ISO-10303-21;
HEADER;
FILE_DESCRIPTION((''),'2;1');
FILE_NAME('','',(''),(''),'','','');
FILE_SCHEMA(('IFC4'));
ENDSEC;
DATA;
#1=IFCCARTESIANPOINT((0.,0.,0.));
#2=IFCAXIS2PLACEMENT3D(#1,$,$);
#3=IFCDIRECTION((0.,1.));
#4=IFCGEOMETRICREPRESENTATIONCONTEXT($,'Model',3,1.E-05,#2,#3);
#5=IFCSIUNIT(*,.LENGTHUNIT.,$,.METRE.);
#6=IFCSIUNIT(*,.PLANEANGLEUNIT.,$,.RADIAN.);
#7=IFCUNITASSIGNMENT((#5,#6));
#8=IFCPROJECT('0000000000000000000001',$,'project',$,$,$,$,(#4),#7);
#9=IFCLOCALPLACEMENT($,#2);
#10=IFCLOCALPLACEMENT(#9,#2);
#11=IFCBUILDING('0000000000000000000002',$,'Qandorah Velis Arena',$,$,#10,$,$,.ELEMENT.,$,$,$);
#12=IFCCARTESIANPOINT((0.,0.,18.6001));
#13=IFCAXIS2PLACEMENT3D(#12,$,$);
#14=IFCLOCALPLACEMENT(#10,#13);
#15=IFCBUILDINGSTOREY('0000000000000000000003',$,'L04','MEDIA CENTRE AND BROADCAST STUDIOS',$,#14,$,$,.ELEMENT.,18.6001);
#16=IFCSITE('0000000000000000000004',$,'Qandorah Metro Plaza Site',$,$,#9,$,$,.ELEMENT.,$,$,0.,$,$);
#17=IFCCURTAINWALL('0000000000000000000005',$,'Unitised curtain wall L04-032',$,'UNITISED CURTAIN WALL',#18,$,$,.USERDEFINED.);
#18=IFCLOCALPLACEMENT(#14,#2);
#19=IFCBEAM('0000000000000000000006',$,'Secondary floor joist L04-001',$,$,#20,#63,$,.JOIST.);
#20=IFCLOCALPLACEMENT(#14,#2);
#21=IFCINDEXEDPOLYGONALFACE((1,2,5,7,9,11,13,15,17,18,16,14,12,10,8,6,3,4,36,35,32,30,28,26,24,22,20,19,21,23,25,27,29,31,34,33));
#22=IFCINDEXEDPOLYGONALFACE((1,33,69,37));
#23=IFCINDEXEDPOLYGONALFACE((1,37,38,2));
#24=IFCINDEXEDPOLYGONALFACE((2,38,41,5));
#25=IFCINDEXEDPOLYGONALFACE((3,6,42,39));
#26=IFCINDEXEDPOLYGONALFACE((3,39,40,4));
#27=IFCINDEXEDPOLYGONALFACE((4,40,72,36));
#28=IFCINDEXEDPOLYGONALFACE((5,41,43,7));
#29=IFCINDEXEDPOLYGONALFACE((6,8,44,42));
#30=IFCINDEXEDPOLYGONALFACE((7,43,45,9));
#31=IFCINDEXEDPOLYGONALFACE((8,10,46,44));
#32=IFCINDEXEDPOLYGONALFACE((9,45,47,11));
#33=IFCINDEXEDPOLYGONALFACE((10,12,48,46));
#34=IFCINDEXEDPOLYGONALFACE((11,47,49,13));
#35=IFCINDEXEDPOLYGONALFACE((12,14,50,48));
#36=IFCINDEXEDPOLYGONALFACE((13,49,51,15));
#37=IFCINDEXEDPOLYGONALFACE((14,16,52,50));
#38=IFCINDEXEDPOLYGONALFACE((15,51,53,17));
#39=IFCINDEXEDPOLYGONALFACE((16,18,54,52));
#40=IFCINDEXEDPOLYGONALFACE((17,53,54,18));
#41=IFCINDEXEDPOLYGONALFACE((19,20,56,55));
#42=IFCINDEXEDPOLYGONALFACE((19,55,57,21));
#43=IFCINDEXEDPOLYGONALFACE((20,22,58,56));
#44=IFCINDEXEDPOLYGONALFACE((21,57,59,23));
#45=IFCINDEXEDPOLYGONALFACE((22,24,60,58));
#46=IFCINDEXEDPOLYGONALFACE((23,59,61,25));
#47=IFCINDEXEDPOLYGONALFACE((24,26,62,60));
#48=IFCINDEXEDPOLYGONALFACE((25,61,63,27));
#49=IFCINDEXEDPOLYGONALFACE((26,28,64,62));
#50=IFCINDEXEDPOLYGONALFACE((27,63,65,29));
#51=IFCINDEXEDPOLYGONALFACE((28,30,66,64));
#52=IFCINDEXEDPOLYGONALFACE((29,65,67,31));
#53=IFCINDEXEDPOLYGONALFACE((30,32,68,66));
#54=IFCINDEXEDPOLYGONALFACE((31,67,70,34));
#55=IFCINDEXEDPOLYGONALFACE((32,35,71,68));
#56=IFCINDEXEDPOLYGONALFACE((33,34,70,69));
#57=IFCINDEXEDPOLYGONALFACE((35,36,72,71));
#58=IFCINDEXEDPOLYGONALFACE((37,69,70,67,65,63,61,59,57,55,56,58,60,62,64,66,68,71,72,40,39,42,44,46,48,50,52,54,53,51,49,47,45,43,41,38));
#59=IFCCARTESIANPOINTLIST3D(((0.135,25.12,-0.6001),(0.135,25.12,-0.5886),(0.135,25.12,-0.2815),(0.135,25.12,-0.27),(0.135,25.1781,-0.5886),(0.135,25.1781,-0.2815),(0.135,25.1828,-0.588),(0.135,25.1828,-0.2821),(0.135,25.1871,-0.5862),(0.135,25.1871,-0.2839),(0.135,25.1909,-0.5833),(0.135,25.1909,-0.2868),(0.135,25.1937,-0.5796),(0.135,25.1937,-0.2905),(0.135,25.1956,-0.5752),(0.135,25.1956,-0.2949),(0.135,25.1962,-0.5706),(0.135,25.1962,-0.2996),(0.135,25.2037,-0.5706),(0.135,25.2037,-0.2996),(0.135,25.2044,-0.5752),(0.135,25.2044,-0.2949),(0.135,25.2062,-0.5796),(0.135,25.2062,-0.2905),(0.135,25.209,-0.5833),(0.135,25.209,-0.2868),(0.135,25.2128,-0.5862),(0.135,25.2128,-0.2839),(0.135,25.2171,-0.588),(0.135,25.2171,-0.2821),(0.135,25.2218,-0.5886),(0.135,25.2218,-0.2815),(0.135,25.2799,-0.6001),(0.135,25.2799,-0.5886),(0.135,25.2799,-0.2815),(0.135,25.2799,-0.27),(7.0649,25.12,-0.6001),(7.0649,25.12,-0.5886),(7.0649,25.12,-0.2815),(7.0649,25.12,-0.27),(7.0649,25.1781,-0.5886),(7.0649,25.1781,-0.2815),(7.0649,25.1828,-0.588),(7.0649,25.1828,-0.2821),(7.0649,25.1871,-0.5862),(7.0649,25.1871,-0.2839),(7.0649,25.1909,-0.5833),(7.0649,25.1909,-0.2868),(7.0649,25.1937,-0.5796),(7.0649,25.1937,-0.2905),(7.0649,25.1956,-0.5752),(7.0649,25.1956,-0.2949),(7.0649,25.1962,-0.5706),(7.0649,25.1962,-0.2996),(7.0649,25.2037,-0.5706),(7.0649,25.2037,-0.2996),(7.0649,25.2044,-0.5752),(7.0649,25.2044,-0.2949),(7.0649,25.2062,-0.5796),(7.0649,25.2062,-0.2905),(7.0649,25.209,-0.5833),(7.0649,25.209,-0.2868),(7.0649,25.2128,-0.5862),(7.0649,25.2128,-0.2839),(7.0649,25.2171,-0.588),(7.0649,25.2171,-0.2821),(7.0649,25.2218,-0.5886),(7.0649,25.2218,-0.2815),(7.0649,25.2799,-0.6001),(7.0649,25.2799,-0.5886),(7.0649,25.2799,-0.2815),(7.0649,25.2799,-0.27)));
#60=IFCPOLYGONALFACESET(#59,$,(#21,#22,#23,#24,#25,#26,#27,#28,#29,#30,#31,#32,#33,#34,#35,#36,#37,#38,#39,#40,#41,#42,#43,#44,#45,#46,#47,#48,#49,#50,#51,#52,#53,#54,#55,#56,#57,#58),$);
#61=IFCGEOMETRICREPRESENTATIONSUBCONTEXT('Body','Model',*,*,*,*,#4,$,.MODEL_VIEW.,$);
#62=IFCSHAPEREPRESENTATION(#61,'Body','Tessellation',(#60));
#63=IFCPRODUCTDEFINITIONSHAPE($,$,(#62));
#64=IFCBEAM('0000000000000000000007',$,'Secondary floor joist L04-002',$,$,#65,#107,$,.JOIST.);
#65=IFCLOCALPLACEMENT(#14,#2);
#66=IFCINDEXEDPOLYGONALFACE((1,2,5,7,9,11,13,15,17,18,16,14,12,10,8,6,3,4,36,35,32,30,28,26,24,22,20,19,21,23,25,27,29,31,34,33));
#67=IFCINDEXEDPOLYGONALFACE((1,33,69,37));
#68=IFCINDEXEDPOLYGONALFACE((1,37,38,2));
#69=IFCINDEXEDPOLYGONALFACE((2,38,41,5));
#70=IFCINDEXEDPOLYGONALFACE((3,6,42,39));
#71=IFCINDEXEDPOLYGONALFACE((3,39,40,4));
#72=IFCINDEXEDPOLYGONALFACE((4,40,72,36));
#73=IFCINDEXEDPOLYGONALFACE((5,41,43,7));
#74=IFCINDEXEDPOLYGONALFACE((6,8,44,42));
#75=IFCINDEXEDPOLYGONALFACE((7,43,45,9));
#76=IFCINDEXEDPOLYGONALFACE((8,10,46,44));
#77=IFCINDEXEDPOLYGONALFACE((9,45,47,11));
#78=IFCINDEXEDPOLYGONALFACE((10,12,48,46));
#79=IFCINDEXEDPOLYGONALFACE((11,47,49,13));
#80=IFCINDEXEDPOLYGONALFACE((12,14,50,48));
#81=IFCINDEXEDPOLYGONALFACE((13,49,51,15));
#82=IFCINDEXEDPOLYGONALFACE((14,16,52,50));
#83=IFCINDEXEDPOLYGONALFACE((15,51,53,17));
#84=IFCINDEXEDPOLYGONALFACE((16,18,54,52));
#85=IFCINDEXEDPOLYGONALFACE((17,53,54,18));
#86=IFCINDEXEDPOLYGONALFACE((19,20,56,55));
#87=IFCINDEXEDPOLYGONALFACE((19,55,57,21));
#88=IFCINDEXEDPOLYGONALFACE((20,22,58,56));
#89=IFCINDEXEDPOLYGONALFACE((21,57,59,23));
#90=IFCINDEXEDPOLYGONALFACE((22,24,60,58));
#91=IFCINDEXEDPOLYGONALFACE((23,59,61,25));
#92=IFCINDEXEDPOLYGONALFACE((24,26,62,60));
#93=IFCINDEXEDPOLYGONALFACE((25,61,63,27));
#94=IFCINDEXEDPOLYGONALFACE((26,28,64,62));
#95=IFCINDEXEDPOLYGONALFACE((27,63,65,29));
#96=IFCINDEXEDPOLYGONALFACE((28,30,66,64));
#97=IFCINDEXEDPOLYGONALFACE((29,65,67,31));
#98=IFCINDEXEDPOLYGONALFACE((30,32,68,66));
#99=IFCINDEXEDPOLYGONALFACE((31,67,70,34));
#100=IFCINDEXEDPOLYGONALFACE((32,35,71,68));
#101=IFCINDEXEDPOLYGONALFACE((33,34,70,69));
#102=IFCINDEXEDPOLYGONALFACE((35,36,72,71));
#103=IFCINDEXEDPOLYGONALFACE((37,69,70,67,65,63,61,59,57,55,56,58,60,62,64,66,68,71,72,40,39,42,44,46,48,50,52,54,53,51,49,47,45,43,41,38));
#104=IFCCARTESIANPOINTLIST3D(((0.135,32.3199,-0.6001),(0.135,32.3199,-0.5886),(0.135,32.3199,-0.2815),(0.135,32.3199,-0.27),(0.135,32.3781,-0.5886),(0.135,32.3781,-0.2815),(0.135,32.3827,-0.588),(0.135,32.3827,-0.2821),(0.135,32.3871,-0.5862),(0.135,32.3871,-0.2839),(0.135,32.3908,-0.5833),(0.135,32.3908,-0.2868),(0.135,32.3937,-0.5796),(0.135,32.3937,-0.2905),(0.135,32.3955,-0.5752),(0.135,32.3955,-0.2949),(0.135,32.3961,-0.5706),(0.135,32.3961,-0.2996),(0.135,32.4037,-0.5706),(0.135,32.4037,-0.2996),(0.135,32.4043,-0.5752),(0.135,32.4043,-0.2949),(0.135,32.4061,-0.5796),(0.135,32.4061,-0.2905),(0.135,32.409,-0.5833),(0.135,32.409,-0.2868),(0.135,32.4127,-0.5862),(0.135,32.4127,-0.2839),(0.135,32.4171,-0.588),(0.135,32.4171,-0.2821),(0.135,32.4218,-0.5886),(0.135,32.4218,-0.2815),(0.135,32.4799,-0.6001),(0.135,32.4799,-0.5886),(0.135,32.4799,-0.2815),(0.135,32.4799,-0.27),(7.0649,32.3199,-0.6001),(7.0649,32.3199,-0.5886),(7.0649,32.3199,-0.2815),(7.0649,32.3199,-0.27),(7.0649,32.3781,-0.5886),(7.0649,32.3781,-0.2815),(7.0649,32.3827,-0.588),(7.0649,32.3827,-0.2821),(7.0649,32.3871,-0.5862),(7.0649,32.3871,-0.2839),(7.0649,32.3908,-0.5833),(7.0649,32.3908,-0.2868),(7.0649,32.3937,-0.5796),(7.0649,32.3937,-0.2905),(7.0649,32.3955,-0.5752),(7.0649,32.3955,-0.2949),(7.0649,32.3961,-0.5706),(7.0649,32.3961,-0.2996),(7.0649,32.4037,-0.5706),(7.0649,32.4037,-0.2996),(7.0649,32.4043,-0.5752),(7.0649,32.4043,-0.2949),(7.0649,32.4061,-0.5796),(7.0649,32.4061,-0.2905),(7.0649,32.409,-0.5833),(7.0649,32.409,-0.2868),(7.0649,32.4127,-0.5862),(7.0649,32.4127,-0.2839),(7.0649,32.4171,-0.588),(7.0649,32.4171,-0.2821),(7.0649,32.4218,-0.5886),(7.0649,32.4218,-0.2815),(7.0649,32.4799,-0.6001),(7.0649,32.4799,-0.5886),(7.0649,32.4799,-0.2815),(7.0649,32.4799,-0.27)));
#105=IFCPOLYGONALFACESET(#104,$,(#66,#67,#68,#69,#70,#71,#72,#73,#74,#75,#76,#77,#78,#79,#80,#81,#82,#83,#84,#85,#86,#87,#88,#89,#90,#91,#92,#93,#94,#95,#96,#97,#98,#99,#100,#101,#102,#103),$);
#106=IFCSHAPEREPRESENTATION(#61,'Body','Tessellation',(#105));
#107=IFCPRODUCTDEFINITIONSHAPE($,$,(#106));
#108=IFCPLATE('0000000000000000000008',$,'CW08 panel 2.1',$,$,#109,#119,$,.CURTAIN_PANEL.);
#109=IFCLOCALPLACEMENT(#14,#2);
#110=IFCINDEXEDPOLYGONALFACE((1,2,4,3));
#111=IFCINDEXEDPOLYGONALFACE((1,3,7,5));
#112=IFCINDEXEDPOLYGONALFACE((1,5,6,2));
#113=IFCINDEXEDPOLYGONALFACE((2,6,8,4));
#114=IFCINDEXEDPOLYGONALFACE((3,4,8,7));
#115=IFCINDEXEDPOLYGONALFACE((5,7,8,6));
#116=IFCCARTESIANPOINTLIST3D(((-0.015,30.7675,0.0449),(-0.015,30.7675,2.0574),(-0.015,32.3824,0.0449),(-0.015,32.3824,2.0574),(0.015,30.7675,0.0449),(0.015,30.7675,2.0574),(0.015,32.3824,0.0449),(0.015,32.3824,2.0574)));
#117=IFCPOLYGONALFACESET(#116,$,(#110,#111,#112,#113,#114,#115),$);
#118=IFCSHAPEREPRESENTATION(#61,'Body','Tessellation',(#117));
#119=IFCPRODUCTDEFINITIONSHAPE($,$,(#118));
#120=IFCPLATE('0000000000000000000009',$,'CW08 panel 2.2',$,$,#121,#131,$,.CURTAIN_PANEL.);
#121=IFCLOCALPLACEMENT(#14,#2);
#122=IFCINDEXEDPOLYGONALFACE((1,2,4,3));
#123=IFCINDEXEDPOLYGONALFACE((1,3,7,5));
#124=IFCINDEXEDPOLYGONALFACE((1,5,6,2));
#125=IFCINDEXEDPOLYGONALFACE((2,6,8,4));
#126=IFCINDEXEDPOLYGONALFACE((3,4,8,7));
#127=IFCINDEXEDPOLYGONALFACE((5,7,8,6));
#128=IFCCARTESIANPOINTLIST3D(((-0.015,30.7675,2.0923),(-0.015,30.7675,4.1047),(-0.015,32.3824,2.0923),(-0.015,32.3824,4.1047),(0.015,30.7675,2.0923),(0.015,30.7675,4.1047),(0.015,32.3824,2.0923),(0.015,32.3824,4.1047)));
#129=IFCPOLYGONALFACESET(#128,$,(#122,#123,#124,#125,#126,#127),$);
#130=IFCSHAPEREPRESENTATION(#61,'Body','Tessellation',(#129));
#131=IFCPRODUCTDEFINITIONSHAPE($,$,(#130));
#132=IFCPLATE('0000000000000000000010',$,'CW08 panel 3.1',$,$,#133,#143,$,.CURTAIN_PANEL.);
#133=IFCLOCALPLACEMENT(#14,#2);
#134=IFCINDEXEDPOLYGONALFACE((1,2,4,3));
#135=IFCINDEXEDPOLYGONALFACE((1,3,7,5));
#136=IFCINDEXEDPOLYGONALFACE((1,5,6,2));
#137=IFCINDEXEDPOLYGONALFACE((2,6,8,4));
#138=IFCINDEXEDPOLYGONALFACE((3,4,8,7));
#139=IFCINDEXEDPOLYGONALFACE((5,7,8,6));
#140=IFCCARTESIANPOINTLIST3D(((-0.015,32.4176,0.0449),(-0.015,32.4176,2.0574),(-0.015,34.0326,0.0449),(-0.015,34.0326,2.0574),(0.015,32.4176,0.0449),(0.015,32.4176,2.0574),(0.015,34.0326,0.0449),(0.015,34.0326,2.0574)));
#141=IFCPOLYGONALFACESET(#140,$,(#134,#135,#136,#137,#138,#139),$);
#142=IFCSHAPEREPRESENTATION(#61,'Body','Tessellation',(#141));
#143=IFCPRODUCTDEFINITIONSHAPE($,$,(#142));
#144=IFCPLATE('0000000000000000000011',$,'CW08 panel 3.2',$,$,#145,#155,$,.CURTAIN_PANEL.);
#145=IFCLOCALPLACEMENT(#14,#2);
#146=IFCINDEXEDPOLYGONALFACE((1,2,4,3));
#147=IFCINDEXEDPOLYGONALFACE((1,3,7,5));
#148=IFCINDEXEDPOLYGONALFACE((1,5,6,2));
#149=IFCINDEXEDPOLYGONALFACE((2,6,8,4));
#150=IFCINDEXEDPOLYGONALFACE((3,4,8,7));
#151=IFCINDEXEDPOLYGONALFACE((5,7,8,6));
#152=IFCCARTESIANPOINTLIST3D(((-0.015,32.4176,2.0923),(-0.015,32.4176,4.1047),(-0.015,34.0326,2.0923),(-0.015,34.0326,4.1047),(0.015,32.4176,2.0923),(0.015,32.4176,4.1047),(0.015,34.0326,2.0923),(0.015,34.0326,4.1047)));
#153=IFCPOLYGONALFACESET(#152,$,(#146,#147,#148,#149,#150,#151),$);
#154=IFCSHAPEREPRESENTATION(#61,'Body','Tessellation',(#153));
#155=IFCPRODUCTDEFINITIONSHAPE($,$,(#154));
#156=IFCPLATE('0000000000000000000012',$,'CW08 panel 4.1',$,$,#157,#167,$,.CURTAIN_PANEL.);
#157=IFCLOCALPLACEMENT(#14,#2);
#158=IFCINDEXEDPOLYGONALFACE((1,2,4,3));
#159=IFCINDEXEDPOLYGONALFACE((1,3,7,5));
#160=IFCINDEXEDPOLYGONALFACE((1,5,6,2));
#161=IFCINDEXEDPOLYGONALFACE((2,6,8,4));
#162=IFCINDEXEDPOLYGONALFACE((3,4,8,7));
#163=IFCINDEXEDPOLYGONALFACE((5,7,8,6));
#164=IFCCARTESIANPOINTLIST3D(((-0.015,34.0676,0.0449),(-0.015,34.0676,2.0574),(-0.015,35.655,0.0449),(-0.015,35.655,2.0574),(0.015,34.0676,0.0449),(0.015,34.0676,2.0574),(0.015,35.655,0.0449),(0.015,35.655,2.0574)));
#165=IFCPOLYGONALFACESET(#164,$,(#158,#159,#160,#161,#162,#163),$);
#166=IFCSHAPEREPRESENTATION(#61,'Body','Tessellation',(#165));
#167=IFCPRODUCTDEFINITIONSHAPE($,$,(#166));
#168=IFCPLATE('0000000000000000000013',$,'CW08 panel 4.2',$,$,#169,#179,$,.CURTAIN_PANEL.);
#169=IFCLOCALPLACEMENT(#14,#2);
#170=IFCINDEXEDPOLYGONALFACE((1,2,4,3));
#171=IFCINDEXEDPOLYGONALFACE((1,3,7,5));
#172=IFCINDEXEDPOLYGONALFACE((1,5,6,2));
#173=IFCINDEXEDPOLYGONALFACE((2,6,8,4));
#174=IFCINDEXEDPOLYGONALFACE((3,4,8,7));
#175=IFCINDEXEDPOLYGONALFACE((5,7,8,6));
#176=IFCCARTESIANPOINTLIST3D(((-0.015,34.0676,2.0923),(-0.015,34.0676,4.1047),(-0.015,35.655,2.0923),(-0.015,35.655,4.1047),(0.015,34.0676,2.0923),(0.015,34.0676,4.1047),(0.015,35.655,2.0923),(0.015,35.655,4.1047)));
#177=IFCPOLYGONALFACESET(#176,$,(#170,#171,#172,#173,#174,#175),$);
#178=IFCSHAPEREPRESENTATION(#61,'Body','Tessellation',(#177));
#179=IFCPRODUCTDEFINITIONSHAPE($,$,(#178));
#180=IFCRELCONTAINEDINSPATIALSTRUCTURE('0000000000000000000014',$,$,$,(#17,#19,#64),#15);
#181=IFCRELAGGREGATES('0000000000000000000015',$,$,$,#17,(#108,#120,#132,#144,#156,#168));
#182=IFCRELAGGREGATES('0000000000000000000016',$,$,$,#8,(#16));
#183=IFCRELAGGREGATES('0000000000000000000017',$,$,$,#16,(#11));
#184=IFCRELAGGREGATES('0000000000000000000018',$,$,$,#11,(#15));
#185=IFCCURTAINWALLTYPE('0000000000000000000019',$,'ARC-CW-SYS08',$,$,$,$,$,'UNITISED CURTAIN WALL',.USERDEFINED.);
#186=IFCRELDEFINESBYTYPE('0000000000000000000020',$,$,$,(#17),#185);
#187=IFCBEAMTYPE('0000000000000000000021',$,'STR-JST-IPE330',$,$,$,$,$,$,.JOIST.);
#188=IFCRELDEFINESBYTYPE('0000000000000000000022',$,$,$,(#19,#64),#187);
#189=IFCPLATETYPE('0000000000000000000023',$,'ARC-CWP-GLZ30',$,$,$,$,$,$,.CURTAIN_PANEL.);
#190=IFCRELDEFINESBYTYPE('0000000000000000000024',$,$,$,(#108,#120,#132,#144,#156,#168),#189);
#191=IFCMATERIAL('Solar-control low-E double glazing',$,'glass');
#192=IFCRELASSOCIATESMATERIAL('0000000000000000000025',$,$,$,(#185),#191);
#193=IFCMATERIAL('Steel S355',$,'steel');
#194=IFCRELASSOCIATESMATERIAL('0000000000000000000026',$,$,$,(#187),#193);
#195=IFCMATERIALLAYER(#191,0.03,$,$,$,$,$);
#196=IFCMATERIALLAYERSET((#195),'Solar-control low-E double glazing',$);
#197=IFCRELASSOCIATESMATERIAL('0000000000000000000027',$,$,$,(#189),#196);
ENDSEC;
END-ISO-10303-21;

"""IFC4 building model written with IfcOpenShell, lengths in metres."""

from ifc_helpers import new_model, si_unit, direction, frame, origin, origin_2d, place, context, subcontext, project, spatial, rectangle, i_section, extrude, material, layer, layer_set, material_profile, profile_set, type_object, element, aggregate, save


model = new_model("IFC4")

# Units and contexts
model_context = context("Model", 3, precision=1e-05, world=origin(), true_north=direction((0.0, 1.0)))
body_context = subcontext(model_context, "Body", "Model", "MODEL_VIEW")
ifc_project = project(units=[si_unit("LENGTHUNIT", "METRE"), si_unit("PLANEANGLEUNIT", "RADIAN")], contexts=[model_context])

# Site, building, storey
site_placement = place(None, origin())
site = spatial("IfcSite", under=ifc_project, at=site_placement, Name="Qandorah Metro Plaza Site", CompositionType="ELEMENT", RefElevation=0.0)
building_placement = place(site_placement, origin())
building = spatial("IfcBuilding", under=site, at=building_placement, Name="Qandorah Velis Arena", CompositionType="ELEMENT")
storey_placement = place(building_placement, frame((0.0, 0.0, 18.6001)))
storey = spatial("IfcBuildingStorey", under=building, at=storey_placement, Name="L04", Description="MEDIA CENTRE AND BROADCAST STUDIOS", CompositionType="ELEMENT", Elevation=18.6001)

# Curtain wall
ifc_material_1 = material(Name="Solar-control low-E double glazing", Category="glass")
curtain_wall_type = type_object("IfcCurtainWallType", Name="ARC-CW-SYS08", ElementType="UNITISED CURTAIN WALL", PredefinedType="USERDEFINED", material=ifc_material_1)
curtain_wall_placement = place(storey_placement, origin())
curtain_wall = element("IfcCurtainWall", 1, at=curtain_wall_placement, inside=storey, type_object=curtain_wall_type, Name="Unitised curtain wall L04-032", ObjectType="UNITISED CURTAIN WALL", PredefinedType="USERDEFINED")

# Beams
ifc_material_2 = material(Name="Steel S355", Category="steel")
ifc_material_profile_1 = material_profile(ifc_material_2, i_section(OverallWidth=0.1599, OverallDepth=0.3301, WebThickness=0.0076, FlangeThickness=0.0115, FilletRadius=0.0181, at=origin_2d()), Name="IPE 330")
ifc_profile_set_1 = profile_set([ifc_material_profile_1], Name="Steel S355")
beam_type_1 = type_object("IfcBeamType", Name="STR-JST-IPE330", PredefinedType="JOIST", material=ifc_profile_set_1)
for number, where, z_axis, x_axis, name in (
    (2, (0.135, 25.2, -0.4351), (1.0, 0.0, 0.0), (0.0, 1.0, 0.0), "Secondary floor joist L04-001"),
    (3, (0.135, 32.3999, -0.4351), (1.0, 0.0, 0.0), (0.0, 1.0, 0.0), "Secondary floor joist L04-002"),
):
    element("IfcBeam", number, at=place(storey_placement, frame(where, z_axis=z_axis, x_axis=x_axis)), inside=storey, type_object=beam_type_1, Name=name, PredefinedType="JOIST", context=body_context, shape_type="SweptSolid", body=[
        extrude(i_section(OverallWidth=0.1599, OverallDepth=0.3301, WebThickness=0.0076, FlangeThickness=0.0115, FilletRadius=0.0181, at=origin_2d()), origin(), (0.0, 0.0, 1.0), 6.9299),
    ])

# Plates
ifc_layer = layer(ifc_material_1, 0.03)
ifc_layer_set = layer_set([ifc_layer], Name="Solar-control low-E double glazing")
plate_type = type_object("IfcPlateType", Name="ARC-CWP-GLZ30", PredefinedType="CURTAIN_PANEL", material=ifc_layer_set)
plate_1_placement = place(storey_placement, frame((0.0, 31.575, 0.0449), z_axis=(0.0, 0.0, 1.0), x_axis=(0.0, 1.0, 0.0)))
plate_1 = element("IfcPlate", 4, at=plate_1_placement, type_object=plate_type, Name="CW08 panel 2.1", PredefinedType="CURTAIN_PANEL", context=body_context, shape_type="SweptSolid", body=[
    extrude(rectangle(XDim=1.615, YDim=0.03, at=origin_2d()), origin(), (0.0, 0.0, 1.0), 2.0125),
])
plate_2_placement = place(storey_placement, frame((0.0, 31.575, 2.0923), z_axis=(0.0, 0.0, 1.0), x_axis=(0.0, 1.0, 0.0)))
plate_2 = element("IfcPlate", 5, at=plate_2_placement, type_object=plate_type, Name="CW08 panel 2.2", PredefinedType="CURTAIN_PANEL", context=body_context, shape_type="SweptSolid", body=[
    extrude(rectangle(XDim=1.615, YDim=0.03, at=origin_2d()), origin(), (0.0, 0.0, 1.0), 2.0125),
])
plate_3_placement = place(storey_placement, frame((0.0, 33.2251, 0.0449), z_axis=(0.0, 0.0, 1.0), x_axis=(0.0, 1.0, 0.0)))
plate_3 = element("IfcPlate", 6, at=plate_3_placement, type_object=plate_type, Name="CW08 panel 3.1", PredefinedType="CURTAIN_PANEL", context=body_context, shape_type="SweptSolid", body=[
    extrude(rectangle(XDim=1.615, YDim=0.03, at=origin_2d()), origin(), (0.0, 0.0, 1.0), 2.0125),
])
plate_4_placement = place(storey_placement, frame((0.0, 33.2251, 2.0923), z_axis=(0.0, 0.0, 1.0), x_axis=(0.0, 1.0, 0.0)))
plate_4 = element("IfcPlate", 7, at=plate_4_placement, type_object=plate_type, Name="CW08 panel 3.2", PredefinedType="CURTAIN_PANEL", context=body_context, shape_type="SweptSolid", body=[
    extrude(rectangle(XDim=1.615, YDim=0.03, at=origin_2d()), origin(), (0.0, 0.0, 1.0), 2.0125),
])
plate_5_placement = place(storey_placement, frame((0.0, 34.8613, 0.0449), z_axis=(0.0, 0.0, 1.0), x_axis=(0.0, 1.0, 0.0)))
plate_5 = element("IfcPlate", 8, at=plate_5_placement, type_object=plate_type, Name="CW08 panel 4.1", PredefinedType="CURTAIN_PANEL", context=body_context, shape_type="SweptSolid", body=[
    extrude(rectangle(XDim=1.5874, YDim=0.03, at=origin_2d()), origin(), (0.0, 0.0, 1.0), 2.0125),
])
plate_6_placement = place(storey_placement, frame((0.0, 34.8613, 2.0923), z_axis=(0.0, 0.0, 1.0), x_axis=(0.0, 1.0, 0.0)))
plate_6 = element("IfcPlate", 9, at=plate_6_placement, type_object=plate_type, Name="CW08 panel 4.2", PredefinedType="CURTAIN_PANEL", context=body_context, shape_type="SweptSolid", body=[
    extrude(rectangle(XDim=1.5874, YDim=0.03, at=origin_2d()), origin(), (0.0, 0.0, 1.0), 2.0125),
])
aggregate(curtain_wall, [plate_1, plate_2, plate_3, plate_4, plate_5, plate_6])

save(model, "model.ifc")
